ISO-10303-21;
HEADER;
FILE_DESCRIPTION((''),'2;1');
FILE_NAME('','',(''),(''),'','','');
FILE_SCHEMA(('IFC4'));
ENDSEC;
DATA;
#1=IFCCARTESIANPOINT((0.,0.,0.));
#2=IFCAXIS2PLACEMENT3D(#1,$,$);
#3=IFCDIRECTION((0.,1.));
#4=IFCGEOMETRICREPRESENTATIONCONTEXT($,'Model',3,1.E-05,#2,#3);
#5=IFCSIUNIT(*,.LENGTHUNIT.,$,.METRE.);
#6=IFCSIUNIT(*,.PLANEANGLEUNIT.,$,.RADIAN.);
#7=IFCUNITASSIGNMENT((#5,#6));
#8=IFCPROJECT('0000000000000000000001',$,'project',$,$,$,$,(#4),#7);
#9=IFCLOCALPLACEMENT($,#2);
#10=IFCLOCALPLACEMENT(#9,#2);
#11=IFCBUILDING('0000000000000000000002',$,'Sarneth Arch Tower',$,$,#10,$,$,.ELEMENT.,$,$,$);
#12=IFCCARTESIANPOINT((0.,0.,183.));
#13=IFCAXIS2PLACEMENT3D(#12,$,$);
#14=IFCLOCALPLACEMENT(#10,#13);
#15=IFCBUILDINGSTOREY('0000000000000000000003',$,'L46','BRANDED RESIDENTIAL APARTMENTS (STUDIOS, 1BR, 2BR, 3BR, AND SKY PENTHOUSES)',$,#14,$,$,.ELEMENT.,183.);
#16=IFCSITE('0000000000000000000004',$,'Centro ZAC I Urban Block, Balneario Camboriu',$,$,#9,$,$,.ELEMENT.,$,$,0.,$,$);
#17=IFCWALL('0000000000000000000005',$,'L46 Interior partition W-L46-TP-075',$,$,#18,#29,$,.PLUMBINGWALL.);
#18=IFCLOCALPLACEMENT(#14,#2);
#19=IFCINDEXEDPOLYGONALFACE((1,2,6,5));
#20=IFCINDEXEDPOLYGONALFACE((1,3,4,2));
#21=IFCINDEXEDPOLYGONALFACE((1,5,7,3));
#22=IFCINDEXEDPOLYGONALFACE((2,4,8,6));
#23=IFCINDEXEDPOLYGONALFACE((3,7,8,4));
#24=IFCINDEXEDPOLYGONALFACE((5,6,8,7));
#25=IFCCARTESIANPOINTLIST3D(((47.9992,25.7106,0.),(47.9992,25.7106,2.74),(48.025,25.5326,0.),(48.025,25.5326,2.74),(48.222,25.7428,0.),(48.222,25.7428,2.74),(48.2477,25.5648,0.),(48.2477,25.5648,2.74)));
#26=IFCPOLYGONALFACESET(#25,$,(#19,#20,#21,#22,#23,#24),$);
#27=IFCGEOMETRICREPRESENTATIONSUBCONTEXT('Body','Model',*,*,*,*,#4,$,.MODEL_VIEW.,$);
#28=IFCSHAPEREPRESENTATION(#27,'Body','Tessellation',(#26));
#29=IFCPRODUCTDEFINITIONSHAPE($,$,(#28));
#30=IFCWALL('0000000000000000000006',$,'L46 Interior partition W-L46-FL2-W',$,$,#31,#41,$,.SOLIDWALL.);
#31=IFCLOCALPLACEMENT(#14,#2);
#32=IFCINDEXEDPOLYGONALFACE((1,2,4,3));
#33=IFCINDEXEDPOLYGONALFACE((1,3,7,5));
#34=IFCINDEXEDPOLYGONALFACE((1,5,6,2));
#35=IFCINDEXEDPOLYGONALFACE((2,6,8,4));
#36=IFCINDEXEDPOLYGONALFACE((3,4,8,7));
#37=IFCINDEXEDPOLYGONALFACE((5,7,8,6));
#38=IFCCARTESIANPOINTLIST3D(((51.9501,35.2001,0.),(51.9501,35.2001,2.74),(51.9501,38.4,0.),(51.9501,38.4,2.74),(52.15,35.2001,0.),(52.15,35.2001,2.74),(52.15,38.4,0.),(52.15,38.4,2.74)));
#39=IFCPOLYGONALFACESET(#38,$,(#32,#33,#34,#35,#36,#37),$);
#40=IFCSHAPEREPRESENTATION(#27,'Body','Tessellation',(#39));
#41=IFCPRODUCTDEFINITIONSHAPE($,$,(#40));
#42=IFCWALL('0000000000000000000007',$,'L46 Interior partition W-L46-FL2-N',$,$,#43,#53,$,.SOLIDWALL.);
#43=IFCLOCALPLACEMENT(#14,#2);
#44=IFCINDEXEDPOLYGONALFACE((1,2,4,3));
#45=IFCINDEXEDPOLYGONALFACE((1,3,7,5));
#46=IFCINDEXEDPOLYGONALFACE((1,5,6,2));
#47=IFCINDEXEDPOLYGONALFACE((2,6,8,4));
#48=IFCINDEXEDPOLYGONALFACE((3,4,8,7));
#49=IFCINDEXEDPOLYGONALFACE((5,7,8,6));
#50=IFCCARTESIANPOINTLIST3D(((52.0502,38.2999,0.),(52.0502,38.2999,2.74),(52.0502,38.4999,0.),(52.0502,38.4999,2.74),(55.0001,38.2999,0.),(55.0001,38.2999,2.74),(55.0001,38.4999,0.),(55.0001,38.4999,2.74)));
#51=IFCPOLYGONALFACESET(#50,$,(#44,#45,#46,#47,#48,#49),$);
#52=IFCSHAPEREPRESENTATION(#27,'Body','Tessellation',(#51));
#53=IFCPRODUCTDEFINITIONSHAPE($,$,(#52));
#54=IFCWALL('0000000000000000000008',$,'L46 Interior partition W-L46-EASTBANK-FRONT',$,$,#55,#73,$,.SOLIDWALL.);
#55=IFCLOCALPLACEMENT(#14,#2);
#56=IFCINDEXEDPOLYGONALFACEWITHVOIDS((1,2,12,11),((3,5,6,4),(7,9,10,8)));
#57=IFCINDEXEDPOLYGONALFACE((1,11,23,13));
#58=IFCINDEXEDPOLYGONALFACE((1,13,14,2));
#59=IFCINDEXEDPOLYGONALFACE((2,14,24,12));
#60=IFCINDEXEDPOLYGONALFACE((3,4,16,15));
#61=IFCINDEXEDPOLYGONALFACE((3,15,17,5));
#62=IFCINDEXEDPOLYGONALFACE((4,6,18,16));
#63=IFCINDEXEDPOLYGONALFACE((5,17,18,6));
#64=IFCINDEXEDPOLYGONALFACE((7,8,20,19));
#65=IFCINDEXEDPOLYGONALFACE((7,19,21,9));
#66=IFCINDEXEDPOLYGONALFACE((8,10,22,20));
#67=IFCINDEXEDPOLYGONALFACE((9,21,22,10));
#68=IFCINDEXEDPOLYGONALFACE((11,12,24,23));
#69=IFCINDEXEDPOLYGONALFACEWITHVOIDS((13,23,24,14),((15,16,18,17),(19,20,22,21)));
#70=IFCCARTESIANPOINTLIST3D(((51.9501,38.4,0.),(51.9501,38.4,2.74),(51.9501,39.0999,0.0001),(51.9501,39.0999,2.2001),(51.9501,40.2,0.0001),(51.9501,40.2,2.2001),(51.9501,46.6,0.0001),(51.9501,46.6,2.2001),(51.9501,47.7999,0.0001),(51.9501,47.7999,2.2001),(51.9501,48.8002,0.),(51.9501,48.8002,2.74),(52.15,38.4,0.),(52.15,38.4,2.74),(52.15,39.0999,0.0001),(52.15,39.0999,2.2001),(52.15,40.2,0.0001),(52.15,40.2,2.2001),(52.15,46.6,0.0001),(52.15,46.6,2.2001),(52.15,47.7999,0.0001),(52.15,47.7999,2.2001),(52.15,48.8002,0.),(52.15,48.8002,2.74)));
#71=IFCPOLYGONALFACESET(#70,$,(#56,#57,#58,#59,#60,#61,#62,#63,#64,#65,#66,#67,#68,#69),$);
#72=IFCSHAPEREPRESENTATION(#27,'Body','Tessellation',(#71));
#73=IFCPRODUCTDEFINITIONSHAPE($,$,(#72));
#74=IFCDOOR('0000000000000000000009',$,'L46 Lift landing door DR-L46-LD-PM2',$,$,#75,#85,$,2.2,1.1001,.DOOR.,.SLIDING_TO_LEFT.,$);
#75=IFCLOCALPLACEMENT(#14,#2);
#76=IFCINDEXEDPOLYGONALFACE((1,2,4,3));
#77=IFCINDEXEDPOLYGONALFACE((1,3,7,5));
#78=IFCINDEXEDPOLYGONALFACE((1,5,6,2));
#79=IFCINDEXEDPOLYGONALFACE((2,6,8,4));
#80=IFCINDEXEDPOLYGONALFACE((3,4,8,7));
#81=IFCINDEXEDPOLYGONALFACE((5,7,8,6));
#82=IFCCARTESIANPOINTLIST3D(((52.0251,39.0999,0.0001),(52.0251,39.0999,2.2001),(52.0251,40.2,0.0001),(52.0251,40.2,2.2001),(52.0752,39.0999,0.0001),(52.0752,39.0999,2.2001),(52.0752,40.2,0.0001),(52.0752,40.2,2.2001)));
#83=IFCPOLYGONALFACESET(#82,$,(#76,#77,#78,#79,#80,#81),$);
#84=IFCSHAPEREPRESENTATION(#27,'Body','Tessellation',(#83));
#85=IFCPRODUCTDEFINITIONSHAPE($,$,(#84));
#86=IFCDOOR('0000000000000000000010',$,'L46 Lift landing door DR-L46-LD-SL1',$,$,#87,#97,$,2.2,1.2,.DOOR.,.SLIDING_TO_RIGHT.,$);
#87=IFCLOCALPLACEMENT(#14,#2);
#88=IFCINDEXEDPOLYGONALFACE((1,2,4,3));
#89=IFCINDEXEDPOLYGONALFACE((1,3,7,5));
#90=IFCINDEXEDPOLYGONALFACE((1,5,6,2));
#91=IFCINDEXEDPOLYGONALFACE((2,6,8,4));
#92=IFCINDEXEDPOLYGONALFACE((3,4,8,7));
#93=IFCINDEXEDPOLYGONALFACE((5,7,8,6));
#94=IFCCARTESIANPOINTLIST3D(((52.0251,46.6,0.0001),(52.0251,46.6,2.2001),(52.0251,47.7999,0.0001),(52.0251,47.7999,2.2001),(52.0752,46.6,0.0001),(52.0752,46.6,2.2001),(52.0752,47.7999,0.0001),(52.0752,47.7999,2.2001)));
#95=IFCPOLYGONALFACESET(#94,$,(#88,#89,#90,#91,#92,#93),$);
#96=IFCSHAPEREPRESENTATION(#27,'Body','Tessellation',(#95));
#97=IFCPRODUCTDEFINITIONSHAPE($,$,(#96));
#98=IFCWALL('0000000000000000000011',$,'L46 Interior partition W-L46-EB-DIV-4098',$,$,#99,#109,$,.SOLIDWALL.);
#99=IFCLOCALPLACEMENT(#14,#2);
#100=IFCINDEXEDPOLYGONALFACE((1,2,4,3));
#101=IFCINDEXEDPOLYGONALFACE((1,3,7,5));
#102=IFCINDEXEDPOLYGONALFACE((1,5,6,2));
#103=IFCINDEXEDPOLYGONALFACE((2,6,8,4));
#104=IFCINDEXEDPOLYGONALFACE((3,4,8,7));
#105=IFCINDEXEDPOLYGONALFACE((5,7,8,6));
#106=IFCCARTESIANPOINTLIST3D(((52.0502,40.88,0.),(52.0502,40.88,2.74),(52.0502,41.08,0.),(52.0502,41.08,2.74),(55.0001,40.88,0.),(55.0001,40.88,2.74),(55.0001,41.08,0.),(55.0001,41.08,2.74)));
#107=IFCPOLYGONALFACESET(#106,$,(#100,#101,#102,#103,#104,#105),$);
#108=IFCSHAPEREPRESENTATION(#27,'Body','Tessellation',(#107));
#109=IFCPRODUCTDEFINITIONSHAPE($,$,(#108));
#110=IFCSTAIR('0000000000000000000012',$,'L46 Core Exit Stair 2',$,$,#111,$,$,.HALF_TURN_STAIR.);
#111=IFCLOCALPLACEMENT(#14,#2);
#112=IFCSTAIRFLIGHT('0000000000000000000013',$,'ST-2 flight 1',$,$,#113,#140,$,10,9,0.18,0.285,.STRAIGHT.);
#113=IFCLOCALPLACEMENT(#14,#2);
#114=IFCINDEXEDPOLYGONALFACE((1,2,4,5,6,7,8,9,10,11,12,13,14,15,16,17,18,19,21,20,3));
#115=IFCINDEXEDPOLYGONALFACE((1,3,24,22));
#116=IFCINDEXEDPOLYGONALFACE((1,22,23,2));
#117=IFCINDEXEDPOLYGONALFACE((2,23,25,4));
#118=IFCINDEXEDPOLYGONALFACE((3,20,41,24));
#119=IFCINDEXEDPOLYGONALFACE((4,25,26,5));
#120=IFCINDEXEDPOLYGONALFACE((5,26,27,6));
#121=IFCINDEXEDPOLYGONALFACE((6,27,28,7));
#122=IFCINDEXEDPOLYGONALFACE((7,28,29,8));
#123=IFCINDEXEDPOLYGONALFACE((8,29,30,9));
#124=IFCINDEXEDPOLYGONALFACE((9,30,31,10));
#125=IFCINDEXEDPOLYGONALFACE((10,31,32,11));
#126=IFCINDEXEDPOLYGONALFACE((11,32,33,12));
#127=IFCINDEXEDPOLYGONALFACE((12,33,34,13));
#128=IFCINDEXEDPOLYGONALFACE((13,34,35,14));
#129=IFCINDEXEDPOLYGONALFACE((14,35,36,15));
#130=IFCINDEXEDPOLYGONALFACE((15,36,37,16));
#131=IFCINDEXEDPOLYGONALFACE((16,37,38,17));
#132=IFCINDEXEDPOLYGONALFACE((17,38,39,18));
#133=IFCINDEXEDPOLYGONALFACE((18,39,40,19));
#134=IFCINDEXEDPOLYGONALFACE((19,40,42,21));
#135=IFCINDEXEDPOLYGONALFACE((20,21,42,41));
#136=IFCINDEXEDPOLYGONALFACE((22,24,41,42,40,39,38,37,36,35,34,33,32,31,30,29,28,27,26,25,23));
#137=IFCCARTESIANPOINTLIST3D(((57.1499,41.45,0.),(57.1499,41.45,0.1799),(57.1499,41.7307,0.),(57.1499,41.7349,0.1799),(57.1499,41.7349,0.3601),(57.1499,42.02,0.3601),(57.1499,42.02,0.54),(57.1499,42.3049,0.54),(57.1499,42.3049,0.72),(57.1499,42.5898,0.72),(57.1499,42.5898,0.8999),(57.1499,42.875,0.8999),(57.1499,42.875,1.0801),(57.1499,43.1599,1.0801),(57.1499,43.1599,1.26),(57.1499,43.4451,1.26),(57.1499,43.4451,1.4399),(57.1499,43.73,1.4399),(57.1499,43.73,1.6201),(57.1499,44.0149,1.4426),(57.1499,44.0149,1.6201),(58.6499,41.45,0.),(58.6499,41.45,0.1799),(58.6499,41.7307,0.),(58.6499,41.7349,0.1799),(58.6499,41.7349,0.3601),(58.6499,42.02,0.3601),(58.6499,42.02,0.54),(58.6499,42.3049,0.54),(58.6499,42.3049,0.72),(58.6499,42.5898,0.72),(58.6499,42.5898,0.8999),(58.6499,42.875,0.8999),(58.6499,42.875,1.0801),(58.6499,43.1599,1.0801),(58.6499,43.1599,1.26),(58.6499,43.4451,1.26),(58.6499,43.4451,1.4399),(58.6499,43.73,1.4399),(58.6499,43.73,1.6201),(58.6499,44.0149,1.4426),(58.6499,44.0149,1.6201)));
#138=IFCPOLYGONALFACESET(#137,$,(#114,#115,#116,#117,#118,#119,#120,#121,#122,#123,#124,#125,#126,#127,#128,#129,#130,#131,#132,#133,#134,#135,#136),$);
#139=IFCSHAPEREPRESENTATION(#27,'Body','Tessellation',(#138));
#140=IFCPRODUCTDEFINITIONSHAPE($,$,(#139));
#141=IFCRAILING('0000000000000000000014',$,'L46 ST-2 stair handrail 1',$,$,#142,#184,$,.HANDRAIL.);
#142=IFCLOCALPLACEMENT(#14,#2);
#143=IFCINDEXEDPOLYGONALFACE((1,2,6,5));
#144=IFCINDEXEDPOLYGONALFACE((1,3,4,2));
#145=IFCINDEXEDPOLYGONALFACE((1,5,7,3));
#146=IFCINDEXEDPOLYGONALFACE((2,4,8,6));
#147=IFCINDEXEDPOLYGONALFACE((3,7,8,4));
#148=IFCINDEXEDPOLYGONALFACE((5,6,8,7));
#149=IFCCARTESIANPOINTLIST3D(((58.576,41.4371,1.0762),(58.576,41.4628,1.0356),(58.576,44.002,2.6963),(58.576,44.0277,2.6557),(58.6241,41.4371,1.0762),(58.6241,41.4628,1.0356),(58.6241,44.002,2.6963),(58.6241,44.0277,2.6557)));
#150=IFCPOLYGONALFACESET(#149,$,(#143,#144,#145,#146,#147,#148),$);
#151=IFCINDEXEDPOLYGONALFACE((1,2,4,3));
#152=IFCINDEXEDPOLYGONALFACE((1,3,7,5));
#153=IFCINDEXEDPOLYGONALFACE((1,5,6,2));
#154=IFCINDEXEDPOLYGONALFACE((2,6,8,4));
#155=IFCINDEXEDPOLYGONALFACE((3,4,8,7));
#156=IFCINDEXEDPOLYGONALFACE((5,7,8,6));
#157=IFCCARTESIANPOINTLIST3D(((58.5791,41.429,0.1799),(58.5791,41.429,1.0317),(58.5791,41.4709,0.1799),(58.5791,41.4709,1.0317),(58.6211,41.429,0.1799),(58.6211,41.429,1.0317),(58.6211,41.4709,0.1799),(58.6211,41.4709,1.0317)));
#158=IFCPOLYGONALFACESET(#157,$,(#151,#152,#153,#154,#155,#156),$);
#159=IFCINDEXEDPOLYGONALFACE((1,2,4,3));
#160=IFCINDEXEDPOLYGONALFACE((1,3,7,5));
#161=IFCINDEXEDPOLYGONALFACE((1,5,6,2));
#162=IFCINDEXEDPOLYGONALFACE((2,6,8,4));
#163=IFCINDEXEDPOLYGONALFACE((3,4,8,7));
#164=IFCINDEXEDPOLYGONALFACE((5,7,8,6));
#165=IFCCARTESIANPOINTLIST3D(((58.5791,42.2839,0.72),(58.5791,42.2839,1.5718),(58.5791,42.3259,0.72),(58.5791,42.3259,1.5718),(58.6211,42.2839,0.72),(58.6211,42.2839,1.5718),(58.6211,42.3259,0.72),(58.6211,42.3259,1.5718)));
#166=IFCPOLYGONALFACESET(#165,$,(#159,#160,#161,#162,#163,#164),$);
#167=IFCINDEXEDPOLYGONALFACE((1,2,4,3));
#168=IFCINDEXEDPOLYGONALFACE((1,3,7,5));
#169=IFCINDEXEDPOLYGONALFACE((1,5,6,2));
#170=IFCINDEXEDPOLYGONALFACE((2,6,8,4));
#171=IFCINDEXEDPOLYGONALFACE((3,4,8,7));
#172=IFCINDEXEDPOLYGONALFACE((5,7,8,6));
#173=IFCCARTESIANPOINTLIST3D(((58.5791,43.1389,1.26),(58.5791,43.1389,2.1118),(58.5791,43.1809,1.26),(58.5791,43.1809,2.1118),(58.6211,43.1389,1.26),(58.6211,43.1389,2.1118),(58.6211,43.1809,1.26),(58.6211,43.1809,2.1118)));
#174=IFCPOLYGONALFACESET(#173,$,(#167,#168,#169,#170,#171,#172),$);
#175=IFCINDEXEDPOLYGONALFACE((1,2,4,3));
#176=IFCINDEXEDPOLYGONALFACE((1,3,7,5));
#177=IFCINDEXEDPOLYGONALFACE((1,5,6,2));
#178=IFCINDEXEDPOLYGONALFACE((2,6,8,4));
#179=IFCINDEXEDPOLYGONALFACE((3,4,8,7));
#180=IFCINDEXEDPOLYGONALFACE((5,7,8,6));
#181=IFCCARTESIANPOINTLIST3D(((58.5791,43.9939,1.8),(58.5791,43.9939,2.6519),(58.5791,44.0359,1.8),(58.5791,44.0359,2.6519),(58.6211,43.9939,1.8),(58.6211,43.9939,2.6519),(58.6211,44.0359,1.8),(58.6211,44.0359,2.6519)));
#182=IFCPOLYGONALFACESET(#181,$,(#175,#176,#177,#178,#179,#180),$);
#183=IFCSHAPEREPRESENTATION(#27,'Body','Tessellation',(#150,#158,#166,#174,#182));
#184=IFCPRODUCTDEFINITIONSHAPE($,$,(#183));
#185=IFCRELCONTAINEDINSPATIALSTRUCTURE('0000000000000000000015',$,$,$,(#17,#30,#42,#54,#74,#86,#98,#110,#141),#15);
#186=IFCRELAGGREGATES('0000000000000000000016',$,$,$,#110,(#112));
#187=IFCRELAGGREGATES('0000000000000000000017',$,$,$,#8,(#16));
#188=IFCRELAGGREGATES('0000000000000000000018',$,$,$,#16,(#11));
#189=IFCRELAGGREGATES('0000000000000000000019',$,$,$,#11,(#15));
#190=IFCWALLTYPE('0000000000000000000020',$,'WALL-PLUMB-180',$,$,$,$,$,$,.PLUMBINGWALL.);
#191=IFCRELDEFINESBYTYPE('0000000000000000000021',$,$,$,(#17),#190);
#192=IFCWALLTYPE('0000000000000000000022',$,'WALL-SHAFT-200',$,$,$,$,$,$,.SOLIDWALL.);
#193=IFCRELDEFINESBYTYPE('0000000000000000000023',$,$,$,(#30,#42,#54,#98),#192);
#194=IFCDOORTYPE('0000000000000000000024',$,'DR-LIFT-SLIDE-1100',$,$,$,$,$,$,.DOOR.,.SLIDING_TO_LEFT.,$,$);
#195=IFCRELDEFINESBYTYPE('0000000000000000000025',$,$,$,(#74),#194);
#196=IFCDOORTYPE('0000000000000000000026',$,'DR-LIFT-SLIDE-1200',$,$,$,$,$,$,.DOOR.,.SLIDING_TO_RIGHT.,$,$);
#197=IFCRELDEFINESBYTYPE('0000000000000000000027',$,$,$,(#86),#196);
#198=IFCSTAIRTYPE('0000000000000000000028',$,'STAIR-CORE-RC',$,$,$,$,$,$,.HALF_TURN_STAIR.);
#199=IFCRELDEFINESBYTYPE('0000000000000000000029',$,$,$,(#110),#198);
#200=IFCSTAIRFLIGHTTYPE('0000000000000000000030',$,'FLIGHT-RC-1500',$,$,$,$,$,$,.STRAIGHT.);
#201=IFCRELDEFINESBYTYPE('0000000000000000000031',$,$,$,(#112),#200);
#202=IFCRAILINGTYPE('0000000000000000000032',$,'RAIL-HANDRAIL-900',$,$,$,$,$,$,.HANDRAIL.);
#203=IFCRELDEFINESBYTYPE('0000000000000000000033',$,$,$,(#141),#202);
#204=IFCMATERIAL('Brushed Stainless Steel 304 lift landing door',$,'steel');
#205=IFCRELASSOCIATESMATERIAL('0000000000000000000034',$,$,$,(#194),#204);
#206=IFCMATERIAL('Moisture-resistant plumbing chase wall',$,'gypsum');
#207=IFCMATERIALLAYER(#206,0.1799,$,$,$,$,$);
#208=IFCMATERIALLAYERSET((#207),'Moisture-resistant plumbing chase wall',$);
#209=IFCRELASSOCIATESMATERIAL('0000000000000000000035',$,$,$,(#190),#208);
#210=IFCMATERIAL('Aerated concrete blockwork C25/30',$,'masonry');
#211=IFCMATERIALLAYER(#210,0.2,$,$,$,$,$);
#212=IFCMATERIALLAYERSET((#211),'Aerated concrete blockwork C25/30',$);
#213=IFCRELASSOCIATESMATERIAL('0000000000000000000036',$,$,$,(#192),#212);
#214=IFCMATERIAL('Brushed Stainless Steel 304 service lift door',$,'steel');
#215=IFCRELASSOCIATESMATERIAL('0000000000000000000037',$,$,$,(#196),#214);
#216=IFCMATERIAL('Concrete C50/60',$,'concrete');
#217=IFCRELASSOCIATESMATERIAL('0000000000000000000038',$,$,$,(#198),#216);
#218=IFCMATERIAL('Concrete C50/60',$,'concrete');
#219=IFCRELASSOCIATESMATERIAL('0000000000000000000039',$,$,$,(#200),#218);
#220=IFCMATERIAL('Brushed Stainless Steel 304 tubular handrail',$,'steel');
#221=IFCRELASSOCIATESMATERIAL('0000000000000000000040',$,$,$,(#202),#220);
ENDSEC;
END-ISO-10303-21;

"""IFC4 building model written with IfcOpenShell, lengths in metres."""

from ifc_helpers import new_model, si_unit, direction, frame, frame_2d, origin, origin_2d, place, context, subcontext, project, spatial, polyline, rectangle, outline, extrude, material, layer, layer_set, type_object, element, fill, aggregate, save


model = new_model("IFC4")

# Units and contexts
model_context = context("Model", 3, precision=1e-05, world=origin(), true_north=direction((0.0, 1.0)))
body_context = subcontext(model_context, "Body", "Model", "MODEL_VIEW")
ifc_project = project(units=[si_unit("LENGTHUNIT", "METRE"), si_unit("PLANEANGLEUNIT", "RADIAN")], contexts=[model_context])

# Site, building, storey
site_placement = place(None, origin())
site = spatial("IfcSite", under=ifc_project, at=site_placement, Name="Centro ZAC I Urban Block, Balneario Camboriu", CompositionType="ELEMENT", RefElevation=0.0)
building_placement = place(site_placement, origin())
building = spatial("IfcBuilding", under=site, at=building_placement, Name="Sarneth Arch Tower", CompositionType="ELEMENT")
storey_placement = place(building_placement, frame((0.0, 0.0, 183.0)))
storey = spatial("IfcBuildingStorey", under=building, at=storey_placement, Name="L46", Description="BRANDED RESIDENTIAL APARTMENTS (STUDIOS, 1BR, 2BR, 3BR, AND SKY PENTHOUSES)", CompositionType="ELEMENT", Elevation=183.0)

# Shared definitions
ifc_material_1 = material(Name="Brushed Stainless Steel 304 lift landing door", Category="steel")
door_type_1 = type_object("IfcDoorType", Name="DR-LIFT-SLIDE-1100", OperationType="SLIDING_TO_LEFT", PredefinedType="DOOR", material=ifc_material_1)

# Shared definitions
ifc_material_2 = material(Name="Moisture-resistant plumbing chase wall", Category="gypsum")
ifc_layer_1 = layer(ifc_material_2, 0.1799)
ifc_layer_set_1 = layer_set([ifc_layer_1], Name="Moisture-resistant plumbing chase wall")
wall_type_1 = type_object("IfcWallType", Name="WALL-PLUMB-180", PredefinedType="PLUMBINGWALL", material=ifc_layer_set_1)

# Wall
wall_1_placement = place(storey_placement, frame((48.2349, 25.6538, 0.0), z_axis=(0.0, 0.0, 1.0), x_axis=(-0.98971, -0.143091, 0.0)))
element("IfcWall", 1, at=wall_1_placement, inside=storey, type_object=wall_type_1, Name="L46 Interior partition W-L46-TP-075", PredefinedType="PLUMBINGWALL", context=body_context, shape_type="SweptSolid", body=[
    extrude(rectangle(XDim=0.2251, YDim=0.1799, at=frame_2d((0.1125, 0.0))), origin(), (0.0, 0.0, 1.0), 2.74),
])

# Shared definitions
ifc_material_3 = material(Name="Aerated concrete blockwork C25/30", Category="masonry")
ifc_layer_2 = layer(ifc_material_3, 0.2)
ifc_layer_set_2 = layer_set([ifc_layer_2], Name="Aerated concrete blockwork C25/30")
wall_type_2 = type_object("IfcWallType", Name="WALL-SHAFT-200", PredefinedType="SOLIDWALL", material=ifc_layer_set_2)

# Walls
wall_2_placement = place(storey_placement, frame((52.05, 35.2, 0.0), z_axis=(0.0, 0.0, 1.0), x_axis=(0.0, 1.0, 0.0)))
element("IfcWall", 2, at=wall_2_placement, inside=storey, type_object=wall_type_2, Name="L46 Interior partition W-L46-FL2-W", PredefinedType="SOLIDWALL", context=body_context, shape_type="SweptSolid", body=[
    extrude(rectangle(XDim=3.2, YDim=0.2, at=frame_2d((1.6001, 0.0))), origin(), (0.0, 0.0, 1.0), 2.74),
])
wall_3_placement = place(storey_placement, frame((52.05, 38.3999, 0.0), z_axis=(0.0, 0.0, 1.0), x_axis=(1.0, 0.0, 0.0)))
element("IfcWall", 3, at=wall_3_placement, inside=storey, type_object=wall_type_2, Name="L46 Interior partition W-L46-FL2-N", PredefinedType="SOLIDWALL", context=body_context, shape_type="SweptSolid", body=[
    extrude(rectangle(XDim=2.95, YDim=0.2, at=frame_2d((1.4751, 0.0))), origin(), (0.0, 0.0, 1.0), 2.74),
])

# Wall, openings, doors
wall_4_placement = place(storey_placement, frame((52.05, 38.3999, 0.0), z_axis=(0.0, 0.0, 1.0), x_axis=(0.0, 1.0, 0.0)))
wall_4 = element("IfcWall", 4, at=wall_4_placement, inside=storey, type_object=wall_type_2, Name="L46 Interior partition W-L46-EASTBANK-FRONT", PredefinedType="SOLIDWALL", context=body_context, shape_type="SweptSolid", body=[
    extrude(rectangle(XDim=10.4001, YDim=0.2, at=frame_2d((5.2002, 0.0))), origin(), (0.0, 0.0, 1.0), 2.74),
])
opening_1_placement = place(wall_4_placement, frame((0.7, 0.0, 0.0)))
opening_1 = element("IfcOpeningElement", 5, at=opening_1_placement, cuts=wall_4, PredefinedType="OPENING", context=body_context, shape_type="SweptSolid", body=[
    extrude(rectangle(XDim=1.1001, YDim=2.2, at=frame_2d((0.55, 1.1001))), frame((0.0, 0.1099, 0.0), z_axis=(0.0, -1.0, 0.0), x_axis=(1.0, 0.0, 0.0)), (0.0, 0.0, 1.0), 0.22),
])
opening_2_placement = place(wall_4_placement, frame((8.2, 0.0, 0.0)))
opening_2 = element("IfcOpeningElement", 6, at=opening_2_placement, cuts=wall_4, PredefinedType="OPENING", context=body_context, shape_type="SweptSolid", body=[
    extrude(rectangle(XDim=1.2, YDim=2.2, at=frame_2d((0.6001, 1.1001))), frame((0.0, 0.1099, 0.0), z_axis=(0.0, -1.0, 0.0), x_axis=(1.0, 0.0, 0.0)), (0.0, 0.0, 1.0), 0.22),
])
door_1_placement = place(opening_1_placement, origin())
door_1 = element("IfcDoor", 7, at=door_1_placement, inside=storey, type_object=door_type_1, Name="L46 Lift landing door DR-L46-LD-PM2", OperationType="SLIDING_TO_LEFT", OverallHeight=2.2, OverallWidth=1.1001, PredefinedType="DOOR", context=body_context, shape_type="SweptSolid", body=[
    extrude(rectangle(XDim=1.1001, YDim=2.2, at=frame_2d((0.55, 1.1001))), frame((0.0, 0.0249, 0.0), z_axis=(0.0, -1.0, 0.0), x_axis=(1.0, 0.0, 0.0)), (0.0, 0.0, 1.0), 0.05),
])
fill(opening_1, door_1)
ifc_material_4 = material(Name="Brushed Stainless Steel 304 service lift door", Category="steel")
door_type_2 = type_object("IfcDoorType", Name="DR-LIFT-SLIDE-1200", OperationType="SLIDING_TO_RIGHT", PredefinedType="DOOR", material=ifc_material_4)
door_2_placement = place(opening_2_placement, origin())
door_2 = element("IfcDoor", 8, at=door_2_placement, inside=storey, type_object=door_type_2, Name="L46 Lift landing door DR-L46-LD-SL1", OperationType="SLIDING_TO_RIGHT", OverallHeight=2.2, OverallWidth=1.2, PredefinedType="DOOR", context=body_context, shape_type="SweptSolid", body=[
    extrude(rectangle(XDim=1.2, YDim=2.2, at=frame_2d((0.6001, 1.1001))), frame((0.0, 0.0249, 0.0), z_axis=(0.0, -1.0, 0.0), x_axis=(1.0, 0.0, 0.0)), (0.0, 0.0, 1.0), 0.05),
])
fill(opening_2, door_2)

# Wall
wall_5_placement = place(storey_placement, frame((52.05, 40.98, 0.0), z_axis=(0.0, 0.0, 1.0), x_axis=(1.0, 0.0, 0.0)))
element("IfcWall", 9, at=wall_5_placement, inside=storey, type_object=wall_type_2, Name="L46 Interior partition W-L46-EB-DIV-4098", PredefinedType="SOLIDWALL", context=body_context, shape_type="SweptSolid", body=[
    extrude(rectangle(XDim=2.95, YDim=0.2, at=frame_2d((1.4751, 0.0))), origin(), (0.0, 0.0, 1.0), 2.74),
])

# Stair, stair flight
ifc_material_5 = material(Name="Concrete C50/60", Category="concrete")
stair_type = type_object("IfcStairType", Name="STAIR-CORE-RC", PredefinedType="HALF_TURN_STAIR", material=ifc_material_5)
stair_placement = place(storey_placement, origin())
stair = element("IfcStair", 10, at=stair_placement, inside=storey, type_object=stair_type, Name="L46 Core Exit Stair 2", PredefinedType="HALF_TURN_STAIR")
ifc_material_6 = material(Name="Concrete C50/60", Category="concrete")
stair_flight_type = type_object("IfcStairFlightType", Name="FLIGHT-RC-1500", PredefinedType="STRAIGHT", material=ifc_material_6)
stair_flight_placement = place(storey_placement, frame((57.8999, 41.45, 0.0), z_axis=(0.0, 0.0, 1.0), x_axis=(0.0, 1.0, 0.0)))
stair_flight = element("IfcStairFlight", 11, at=stair_flight_placement, type_object=stair_flight_type, Name="ST-2 flight 1", NumberOfRisers=10, NumberOfTreads=9, PredefinedType="STRAIGHT", RiserHeight=0.18, TreadLength=0.285, context=body_context, shape_type="SweptSolid", body=[
    extrude(outline(polyline([(0.0, 0.0), (0.0, 0.1799), (0.2849, 0.1799), (0.2849, 0.3601), (0.5701, 0.3601), (0.5701, 0.54), (0.855, 0.54), (0.855, 0.72), (1.1399, 0.72), (1.1399, 0.8999), (1.425, 0.8999), (1.425, 1.0801), (1.71, 1.0801), (1.71, 1.26), (1.9951, 1.26), (1.9951, 1.4399), (2.28, 1.4399), (2.28, 1.6201), (2.5649, 1.6201), (2.5649, 1.8), (2.5649, 1.4426), (0.2808, 0.0), (0.0, 0.0)])), frame((0.0, 0.75, 0.0), z_axis=(0.0, -1.0, 0.0), x_axis=(1.0, 0.0, 0.0)), (0.0, 0.0, 1.0), 1.5),
])
aggregate(stair, [stair_flight])

# Railing
ifc_material_7 = material(Name="Brushed Stainless Steel 304 tubular handrail", Category="steel")
railing_type_1 = type_object("IfcRailingType", Name="RAIL-HANDRAIL-900", PredefinedType="HANDRAIL", material=ifc_material_7)
railing_1_placement = place(storey_placement, frame((58.6001, 41.45, 0.1799)))
element("IfcRailing", 12, at=railing_1_placement, inside=storey, type_object=railing_type_1, Name="L46 ST-2 stair handrail 1", PredefinedType="HANDRAIL", context=body_context, shape_type="SweptSolid", body=[
    extrude(rectangle(XDim=0.0481, YDim=0.0481, at=origin_2d()), frame((0.0, 0.0, 0.876), z_axis=(0.0, 0.845466, 0.534029), x_axis=(-1.0, 0.0, 0.0)), (0.0, 0.0, 1.0), 3.0337),
    extrude(rectangle(XDim=0.042, YDim=0.042, at=origin_2d()), origin(), (0.0, 0.0, 1.0), 0.8518),
    extrude(rectangle(XDim=0.042, YDim=0.042, at=origin_2d()), frame((0.0, 0.855, 0.54)), (0.0, 0.0, 1.0), 0.8518),
    extrude(rectangle(XDim=0.042, YDim=0.042, at=origin_2d()), frame((0.0, 1.71, 1.0801)), (0.0, 0.0, 1.0), 0.8518),
    extrude(rectangle(XDim=0.042, YDim=0.042, at=origin_2d()), frame((0.0, 2.5649, 1.6201)), (0.0, 0.0, 1.0), 0.8518),
])

save(model, "model.ifc")
